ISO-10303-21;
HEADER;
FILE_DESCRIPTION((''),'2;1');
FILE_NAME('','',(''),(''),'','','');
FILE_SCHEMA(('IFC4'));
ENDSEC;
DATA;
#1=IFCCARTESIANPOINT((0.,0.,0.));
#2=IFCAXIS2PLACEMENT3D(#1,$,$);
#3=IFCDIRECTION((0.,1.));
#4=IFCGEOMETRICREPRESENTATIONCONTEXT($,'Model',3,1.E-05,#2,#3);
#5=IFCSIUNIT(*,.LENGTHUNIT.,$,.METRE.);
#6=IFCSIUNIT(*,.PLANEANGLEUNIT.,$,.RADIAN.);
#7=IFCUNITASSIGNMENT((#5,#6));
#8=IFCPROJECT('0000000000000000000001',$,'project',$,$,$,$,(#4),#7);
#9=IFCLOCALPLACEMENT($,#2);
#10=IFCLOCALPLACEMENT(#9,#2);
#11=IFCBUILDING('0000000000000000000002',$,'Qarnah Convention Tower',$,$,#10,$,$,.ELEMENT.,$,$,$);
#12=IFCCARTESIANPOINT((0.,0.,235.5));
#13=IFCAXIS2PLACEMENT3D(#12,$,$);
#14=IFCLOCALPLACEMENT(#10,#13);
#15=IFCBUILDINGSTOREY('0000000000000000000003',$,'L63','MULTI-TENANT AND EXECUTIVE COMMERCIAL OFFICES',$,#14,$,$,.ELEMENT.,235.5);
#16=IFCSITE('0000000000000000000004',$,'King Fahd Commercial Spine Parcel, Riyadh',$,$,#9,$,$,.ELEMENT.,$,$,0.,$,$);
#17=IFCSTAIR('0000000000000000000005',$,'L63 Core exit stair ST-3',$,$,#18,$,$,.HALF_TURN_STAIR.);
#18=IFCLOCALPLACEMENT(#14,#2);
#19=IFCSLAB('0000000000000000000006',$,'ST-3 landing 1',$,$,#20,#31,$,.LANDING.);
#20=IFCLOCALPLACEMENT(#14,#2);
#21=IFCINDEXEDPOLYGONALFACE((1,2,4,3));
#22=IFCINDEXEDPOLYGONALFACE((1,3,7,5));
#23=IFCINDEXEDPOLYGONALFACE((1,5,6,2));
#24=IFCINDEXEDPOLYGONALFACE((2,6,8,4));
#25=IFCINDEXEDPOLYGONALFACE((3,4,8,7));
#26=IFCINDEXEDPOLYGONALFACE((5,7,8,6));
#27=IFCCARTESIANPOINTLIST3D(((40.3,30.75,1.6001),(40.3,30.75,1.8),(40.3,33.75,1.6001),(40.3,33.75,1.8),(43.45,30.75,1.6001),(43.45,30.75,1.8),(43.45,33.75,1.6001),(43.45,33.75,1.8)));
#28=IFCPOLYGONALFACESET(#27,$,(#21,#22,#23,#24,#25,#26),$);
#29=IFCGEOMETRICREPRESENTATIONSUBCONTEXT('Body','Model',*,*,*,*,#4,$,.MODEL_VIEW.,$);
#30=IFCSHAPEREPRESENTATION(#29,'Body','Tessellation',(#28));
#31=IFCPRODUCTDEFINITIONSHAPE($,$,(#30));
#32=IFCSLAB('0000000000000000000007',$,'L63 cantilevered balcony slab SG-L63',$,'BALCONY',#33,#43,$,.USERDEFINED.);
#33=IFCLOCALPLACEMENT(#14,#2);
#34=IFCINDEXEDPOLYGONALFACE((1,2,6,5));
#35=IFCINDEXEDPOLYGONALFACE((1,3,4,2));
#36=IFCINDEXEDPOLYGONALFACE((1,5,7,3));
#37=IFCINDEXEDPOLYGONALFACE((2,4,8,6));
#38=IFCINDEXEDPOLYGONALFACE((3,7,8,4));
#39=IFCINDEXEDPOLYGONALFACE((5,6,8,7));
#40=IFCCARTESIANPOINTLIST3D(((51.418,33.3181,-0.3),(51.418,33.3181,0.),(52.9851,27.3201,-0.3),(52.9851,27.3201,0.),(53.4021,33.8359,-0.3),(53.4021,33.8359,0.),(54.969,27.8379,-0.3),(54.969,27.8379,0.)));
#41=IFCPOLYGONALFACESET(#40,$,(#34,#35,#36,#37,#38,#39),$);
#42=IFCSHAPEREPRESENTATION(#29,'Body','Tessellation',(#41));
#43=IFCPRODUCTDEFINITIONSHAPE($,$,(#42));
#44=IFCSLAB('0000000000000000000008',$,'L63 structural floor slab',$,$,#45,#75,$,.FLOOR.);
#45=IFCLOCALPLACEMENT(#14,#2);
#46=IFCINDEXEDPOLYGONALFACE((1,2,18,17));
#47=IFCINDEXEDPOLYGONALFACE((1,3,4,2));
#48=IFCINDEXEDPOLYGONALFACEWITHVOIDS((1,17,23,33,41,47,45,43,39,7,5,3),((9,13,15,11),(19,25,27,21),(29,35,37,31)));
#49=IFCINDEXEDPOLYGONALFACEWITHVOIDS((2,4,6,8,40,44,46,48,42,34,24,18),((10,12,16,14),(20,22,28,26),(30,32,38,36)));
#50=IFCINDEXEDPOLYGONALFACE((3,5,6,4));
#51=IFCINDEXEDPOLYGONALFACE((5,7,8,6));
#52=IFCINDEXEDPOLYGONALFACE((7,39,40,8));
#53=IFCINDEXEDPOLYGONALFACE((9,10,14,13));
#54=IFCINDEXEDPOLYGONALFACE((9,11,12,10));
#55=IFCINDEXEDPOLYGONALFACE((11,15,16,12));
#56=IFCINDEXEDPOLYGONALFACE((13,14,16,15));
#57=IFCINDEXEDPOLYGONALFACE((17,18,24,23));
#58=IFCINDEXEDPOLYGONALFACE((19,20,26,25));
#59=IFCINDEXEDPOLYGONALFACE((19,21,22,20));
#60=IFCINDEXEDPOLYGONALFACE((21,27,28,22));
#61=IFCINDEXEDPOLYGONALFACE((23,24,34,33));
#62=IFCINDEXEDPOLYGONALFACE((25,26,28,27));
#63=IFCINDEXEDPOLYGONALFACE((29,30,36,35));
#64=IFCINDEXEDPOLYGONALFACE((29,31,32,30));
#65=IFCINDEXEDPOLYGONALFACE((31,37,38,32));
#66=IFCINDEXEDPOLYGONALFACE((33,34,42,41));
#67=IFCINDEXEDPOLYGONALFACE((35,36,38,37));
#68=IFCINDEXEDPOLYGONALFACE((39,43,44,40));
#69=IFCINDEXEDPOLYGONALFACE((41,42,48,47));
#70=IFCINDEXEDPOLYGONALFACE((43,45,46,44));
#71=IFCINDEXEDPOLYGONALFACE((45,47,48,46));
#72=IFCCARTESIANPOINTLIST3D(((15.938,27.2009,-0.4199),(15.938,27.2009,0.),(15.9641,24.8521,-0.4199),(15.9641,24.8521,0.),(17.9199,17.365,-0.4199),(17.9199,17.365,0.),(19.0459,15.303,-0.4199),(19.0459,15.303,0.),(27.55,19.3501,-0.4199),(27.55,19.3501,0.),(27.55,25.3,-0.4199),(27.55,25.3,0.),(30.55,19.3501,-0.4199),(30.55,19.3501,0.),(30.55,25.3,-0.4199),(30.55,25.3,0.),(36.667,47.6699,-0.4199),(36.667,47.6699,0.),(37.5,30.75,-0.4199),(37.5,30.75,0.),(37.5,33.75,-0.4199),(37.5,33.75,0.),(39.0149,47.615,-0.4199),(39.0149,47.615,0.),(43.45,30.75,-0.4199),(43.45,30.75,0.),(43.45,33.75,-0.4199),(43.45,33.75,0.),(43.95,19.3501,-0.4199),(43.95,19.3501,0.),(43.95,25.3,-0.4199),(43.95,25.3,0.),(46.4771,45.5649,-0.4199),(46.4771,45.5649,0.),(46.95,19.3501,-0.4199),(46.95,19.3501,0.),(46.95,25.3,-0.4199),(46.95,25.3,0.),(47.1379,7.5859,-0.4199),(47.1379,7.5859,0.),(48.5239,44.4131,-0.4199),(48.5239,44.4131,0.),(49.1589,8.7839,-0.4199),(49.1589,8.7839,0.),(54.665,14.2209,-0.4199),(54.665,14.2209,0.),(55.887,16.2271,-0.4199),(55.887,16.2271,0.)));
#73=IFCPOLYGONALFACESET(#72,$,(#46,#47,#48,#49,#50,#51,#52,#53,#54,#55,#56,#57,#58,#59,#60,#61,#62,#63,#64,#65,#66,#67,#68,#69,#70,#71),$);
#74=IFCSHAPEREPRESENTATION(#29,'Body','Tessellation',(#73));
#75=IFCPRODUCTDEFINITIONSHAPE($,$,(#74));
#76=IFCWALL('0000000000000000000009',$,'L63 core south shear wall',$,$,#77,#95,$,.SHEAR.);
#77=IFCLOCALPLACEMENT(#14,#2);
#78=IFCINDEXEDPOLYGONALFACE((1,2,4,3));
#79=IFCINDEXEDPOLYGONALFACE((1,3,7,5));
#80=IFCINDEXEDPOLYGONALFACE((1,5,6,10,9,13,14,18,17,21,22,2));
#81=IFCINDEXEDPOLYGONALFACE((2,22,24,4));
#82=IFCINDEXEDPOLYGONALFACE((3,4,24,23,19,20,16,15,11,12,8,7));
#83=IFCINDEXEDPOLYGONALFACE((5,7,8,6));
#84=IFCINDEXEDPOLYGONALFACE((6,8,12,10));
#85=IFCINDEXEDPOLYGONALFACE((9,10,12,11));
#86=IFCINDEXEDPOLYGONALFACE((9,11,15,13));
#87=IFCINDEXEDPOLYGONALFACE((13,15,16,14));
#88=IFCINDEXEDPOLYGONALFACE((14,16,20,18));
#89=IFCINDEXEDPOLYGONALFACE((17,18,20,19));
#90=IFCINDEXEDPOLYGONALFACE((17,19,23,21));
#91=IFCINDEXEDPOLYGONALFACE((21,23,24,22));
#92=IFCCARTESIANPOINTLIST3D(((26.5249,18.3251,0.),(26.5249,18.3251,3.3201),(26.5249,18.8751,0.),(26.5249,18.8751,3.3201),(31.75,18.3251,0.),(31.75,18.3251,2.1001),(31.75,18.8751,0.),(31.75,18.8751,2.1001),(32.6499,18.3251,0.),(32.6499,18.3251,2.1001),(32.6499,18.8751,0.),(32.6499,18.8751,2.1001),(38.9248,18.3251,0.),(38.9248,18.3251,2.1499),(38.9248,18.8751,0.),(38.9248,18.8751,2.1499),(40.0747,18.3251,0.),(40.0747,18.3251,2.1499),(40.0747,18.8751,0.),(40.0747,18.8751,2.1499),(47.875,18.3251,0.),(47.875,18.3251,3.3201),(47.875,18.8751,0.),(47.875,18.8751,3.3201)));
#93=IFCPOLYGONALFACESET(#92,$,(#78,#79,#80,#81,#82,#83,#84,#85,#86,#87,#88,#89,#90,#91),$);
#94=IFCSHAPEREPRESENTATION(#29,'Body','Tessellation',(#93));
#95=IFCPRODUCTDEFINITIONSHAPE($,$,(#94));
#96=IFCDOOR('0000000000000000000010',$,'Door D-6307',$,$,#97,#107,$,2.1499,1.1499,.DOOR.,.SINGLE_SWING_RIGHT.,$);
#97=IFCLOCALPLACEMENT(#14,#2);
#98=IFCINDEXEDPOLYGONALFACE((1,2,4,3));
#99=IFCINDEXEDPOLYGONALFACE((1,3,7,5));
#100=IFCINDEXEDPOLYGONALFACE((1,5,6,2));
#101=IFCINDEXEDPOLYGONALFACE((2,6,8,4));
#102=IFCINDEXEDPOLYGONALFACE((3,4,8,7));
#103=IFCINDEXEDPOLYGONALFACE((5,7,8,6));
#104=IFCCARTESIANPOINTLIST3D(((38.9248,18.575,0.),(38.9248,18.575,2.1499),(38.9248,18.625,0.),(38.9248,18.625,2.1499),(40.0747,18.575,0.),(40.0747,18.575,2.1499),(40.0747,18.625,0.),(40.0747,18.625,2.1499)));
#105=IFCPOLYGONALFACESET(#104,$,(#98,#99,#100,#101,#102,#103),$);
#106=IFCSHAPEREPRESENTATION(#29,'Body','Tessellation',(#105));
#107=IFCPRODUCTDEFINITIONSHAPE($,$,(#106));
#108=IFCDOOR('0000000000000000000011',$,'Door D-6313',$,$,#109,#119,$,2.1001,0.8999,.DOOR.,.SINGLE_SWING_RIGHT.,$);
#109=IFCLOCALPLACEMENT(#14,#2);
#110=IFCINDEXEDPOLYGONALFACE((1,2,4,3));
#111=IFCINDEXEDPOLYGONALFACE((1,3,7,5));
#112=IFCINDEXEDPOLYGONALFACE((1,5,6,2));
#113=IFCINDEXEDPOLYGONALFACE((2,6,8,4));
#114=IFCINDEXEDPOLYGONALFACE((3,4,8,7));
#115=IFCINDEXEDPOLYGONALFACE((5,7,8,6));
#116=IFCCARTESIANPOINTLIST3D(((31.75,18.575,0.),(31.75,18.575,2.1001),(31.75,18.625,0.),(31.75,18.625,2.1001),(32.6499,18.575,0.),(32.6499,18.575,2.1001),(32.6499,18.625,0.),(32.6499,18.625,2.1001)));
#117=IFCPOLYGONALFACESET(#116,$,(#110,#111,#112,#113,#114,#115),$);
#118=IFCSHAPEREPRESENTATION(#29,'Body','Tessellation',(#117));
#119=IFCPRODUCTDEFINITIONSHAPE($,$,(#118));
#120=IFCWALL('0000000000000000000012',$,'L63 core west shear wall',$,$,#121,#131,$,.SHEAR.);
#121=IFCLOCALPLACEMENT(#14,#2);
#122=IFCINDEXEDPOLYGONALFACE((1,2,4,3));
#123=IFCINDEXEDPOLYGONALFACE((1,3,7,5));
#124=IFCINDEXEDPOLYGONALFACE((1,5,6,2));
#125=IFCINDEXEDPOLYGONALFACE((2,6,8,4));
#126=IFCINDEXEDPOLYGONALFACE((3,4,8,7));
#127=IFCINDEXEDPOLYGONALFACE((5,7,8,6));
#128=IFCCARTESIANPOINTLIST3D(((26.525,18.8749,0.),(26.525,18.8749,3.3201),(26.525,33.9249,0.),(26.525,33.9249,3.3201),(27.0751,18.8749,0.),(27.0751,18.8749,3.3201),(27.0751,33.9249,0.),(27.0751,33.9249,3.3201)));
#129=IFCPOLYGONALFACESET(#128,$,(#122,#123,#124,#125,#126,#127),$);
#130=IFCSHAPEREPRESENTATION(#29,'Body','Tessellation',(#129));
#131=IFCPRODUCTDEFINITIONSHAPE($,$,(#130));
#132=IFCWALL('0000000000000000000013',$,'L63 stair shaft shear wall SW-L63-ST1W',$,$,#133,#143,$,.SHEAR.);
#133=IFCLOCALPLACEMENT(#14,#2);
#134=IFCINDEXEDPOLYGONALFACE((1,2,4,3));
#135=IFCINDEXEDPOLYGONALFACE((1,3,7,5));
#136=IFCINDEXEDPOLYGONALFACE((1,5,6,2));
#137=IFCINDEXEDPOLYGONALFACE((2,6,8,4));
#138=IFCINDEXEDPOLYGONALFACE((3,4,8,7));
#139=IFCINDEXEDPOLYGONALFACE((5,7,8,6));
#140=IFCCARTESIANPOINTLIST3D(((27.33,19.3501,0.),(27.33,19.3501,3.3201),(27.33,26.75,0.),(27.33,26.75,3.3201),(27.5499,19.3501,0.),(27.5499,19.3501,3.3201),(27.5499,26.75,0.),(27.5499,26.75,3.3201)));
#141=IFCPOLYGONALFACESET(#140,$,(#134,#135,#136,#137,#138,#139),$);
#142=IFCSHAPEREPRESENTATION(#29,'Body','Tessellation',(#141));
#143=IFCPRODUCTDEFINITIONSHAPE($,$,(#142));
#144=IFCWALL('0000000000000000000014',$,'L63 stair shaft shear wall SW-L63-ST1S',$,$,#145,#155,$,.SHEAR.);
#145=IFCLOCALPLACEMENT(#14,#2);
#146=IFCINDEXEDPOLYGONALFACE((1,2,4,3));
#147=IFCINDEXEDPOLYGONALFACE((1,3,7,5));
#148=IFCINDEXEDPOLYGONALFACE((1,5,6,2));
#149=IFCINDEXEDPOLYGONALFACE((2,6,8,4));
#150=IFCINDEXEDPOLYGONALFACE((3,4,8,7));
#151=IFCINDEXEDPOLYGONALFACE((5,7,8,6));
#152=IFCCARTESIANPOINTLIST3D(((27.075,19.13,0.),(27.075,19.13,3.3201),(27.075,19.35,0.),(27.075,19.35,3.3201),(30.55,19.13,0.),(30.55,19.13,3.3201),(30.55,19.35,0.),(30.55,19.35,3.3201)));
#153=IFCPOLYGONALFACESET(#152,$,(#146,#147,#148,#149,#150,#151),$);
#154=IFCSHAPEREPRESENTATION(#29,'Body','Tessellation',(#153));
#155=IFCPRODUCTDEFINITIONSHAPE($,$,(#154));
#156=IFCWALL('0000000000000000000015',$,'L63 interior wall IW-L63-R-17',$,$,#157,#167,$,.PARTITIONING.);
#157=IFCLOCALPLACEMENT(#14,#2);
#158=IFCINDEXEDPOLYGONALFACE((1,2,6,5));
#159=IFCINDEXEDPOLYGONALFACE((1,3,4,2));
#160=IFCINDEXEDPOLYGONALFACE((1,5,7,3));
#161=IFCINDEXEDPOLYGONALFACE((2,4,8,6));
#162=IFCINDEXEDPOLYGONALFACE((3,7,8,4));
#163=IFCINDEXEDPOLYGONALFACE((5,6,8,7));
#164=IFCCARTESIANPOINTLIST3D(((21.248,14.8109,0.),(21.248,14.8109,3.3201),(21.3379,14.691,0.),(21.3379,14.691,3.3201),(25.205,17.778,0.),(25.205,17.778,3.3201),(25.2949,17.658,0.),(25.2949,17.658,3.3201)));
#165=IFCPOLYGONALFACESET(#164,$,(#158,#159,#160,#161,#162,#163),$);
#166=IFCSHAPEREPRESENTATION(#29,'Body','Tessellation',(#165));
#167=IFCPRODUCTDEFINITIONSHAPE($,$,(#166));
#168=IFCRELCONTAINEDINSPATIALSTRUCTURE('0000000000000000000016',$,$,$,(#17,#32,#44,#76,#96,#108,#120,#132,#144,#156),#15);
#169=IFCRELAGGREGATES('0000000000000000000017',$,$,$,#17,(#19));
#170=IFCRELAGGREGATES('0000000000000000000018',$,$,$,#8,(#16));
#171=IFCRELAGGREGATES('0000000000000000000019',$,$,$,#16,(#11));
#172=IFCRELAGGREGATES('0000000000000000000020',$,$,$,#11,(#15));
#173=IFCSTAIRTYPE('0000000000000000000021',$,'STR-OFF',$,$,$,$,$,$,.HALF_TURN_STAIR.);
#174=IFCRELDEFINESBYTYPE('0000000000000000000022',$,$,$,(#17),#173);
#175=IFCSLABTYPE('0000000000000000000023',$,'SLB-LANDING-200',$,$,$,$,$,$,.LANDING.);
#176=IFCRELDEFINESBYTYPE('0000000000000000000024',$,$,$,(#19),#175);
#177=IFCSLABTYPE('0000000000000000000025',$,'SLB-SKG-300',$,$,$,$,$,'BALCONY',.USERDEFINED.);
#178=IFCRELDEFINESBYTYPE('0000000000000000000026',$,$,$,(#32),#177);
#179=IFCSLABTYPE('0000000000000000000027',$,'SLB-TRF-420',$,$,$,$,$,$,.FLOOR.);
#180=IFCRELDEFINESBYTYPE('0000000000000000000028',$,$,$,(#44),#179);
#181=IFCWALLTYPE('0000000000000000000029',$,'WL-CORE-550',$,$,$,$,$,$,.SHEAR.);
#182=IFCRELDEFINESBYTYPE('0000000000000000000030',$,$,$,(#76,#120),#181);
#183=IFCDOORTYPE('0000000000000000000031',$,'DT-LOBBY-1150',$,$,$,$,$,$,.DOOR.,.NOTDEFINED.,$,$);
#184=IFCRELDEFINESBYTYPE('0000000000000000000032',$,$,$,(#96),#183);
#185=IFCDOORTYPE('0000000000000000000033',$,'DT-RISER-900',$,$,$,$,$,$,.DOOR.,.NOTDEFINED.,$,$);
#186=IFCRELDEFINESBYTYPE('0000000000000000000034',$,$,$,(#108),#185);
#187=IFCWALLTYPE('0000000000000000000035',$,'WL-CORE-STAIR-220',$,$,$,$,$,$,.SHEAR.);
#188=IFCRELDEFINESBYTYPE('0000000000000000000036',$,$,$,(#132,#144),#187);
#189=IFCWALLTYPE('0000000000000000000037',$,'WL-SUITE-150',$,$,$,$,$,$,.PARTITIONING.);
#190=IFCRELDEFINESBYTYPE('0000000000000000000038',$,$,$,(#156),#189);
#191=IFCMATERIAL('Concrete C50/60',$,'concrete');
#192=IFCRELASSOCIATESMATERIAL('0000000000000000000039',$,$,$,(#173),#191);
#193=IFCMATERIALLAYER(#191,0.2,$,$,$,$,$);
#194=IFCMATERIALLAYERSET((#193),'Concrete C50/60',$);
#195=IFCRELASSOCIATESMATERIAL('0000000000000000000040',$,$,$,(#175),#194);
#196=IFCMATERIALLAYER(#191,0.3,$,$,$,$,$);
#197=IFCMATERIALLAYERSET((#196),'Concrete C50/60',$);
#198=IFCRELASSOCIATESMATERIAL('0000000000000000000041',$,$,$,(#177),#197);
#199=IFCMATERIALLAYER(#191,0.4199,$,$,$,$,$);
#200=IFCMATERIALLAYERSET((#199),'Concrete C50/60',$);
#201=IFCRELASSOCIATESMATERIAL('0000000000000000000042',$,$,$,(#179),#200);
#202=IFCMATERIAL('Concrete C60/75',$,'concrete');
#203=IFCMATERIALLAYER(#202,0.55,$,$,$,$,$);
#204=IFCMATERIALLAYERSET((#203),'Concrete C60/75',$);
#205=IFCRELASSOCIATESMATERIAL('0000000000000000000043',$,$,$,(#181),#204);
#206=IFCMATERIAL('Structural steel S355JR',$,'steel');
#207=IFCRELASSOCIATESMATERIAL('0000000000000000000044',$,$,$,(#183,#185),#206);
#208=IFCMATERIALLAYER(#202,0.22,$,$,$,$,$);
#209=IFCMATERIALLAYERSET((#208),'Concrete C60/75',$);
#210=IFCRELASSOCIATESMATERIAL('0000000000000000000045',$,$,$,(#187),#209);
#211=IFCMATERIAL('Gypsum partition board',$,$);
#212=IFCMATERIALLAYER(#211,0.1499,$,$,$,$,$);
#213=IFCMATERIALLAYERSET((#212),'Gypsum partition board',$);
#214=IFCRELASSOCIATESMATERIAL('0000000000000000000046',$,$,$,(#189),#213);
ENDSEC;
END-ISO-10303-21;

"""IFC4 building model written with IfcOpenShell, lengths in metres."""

from ifc_helpers import new_model, si_unit, direction, frame, frame_2d, origin, place, context, subcontext, project, spatial, polyline, rectangle, outline, extrude, material, layer, layer_set, type_object, element, fill, aggregate, save


model = new_model("IFC4")

# Units and contexts
model_context = context("Model", 3, precision=1e-05, world=origin(), true_north=direction((0.0, 1.0)))
body_context = subcontext(model_context, "Body", "Model", "MODEL_VIEW")
ifc_project = project(units=[si_unit("LENGTHUNIT", "METRE"), si_unit("PLANEANGLEUNIT", "RADIAN")], contexts=[model_context])

# Site, building, storey
site_placement = place(None, origin())
site = spatial("IfcSite", under=ifc_project, at=site_placement, Name="King Fahd Commercial Spine Parcel, Riyadh", CompositionType="ELEMENT", RefElevation=0.0)
building_placement = place(site_placement, origin())
building = spatial("IfcBuilding", under=site, at=building_placement, Name="Qarnah Convention Tower", CompositionType="ELEMENT")
storey_placement = place(building_placement, frame((0.0, 0.0, 235.5)))
storey = spatial("IfcBuildingStorey", under=building, at=storey_placement, Name="L63", Description="MULTI-TENANT AND EXECUTIVE COMMERCIAL OFFICES", CompositionType="ELEMENT", Elevation=235.5)

# Shared definitions
ifc_material_1 = material(Name="Concrete C50/60", Category="concrete")

# Shared definitions
ifc_material_2 = material(Name="Structural steel S355JR", Category="steel")

# Stair, slab
stair_type = type_object("IfcStairType", Name="STR-OFF", PredefinedType="HALF_TURN_STAIR", material=ifc_material_1)
ifc_layer_1 = layer(ifc_material_1, 0.2)
ifc_layer_set_1 = layer_set([ifc_layer_1], Name="Concrete C50/60")
slab_type_1 = type_object("IfcSlabType", Name="SLB-LANDING-200", PredefinedType="LANDING", material=ifc_layer_set_1)
stair_1_placement = place(storey_placement, origin())
stair_1 = element("IfcStair", 1, at=stair_1_placement, inside=storey, type_object=stair_type, Name="L63 Core exit stair ST-3", PredefinedType="HALF_TURN_STAIR")
slab_1_placement = place(storey_placement, frame((0.0, 0.0, 1.6001)))
slab_1 = element("IfcSlab", 2, at=slab_1_placement, type_object=slab_type_1, Name="ST-3 landing 1", PredefinedType="LANDING", context=body_context, shape_type="SweptSolid", body=[
    extrude(outline(polyline([(40.3, 30.75), (43.45, 30.75), (43.45, 33.75), (40.3, 33.75), (40.3, 30.75)])), origin(), (0.0, 0.0, 1.0), 0.2),
])
aggregate(stair_1, [slab_1])

# Slabs
ifc_layer_2 = layer(ifc_material_1, 0.3)
ifc_layer_set_2 = layer_set([ifc_layer_2], Name="Concrete C50/60")
slab_type_2 = type_object("IfcSlabType", Name="SLB-SKG-300", ElementType="BALCONY", PredefinedType="USERDEFINED", material=ifc_layer_set_2)
slab_2_placement = place(storey_placement, frame((0.0, 0.0, -0.3)))
element("IfcSlab", 3, at=slab_2_placement, inside=storey, type_object=slab_type_2, Name="L63 cantilevered balcony slab SG-L63", ObjectType="BALCONY", PredefinedType="USERDEFINED", context=body_context, shape_type="SweptSolid", body=[
    extrude(outline(polyline([(53.4021, 33.8359), (54.969, 27.8379), (52.9851, 27.3201), (51.418, 33.3181), (53.4021, 33.8359)])), origin(), (0.0, 0.0, 1.0), 0.3),
])
ifc_layer_3 = layer(ifc_material_1, 0.4199)
ifc_layer_set_3 = layer_set([ifc_layer_3], Name="Concrete C50/60")
slab_type_3 = type_object("IfcSlabType", Name="SLB-TRF-420", PredefinedType="FLOOR", material=ifc_layer_set_3)
slab_3_placement = place(storey_placement, frame((0.0, 0.0, -0.4199)))
element("IfcSlab", 4, at=slab_3_placement, inside=storey, type_object=slab_type_3, Name="L63 structural floor slab", PredefinedType="FLOOR", context=body_context, shape_type="SweptSolid", body=[
    extrude(outline(polyline([(36.667, 47.6699), (15.938, 27.2009), (15.9641, 24.8521), (17.9199, 17.365), (19.0459, 15.303), (47.1379, 7.5859), (49.1589, 8.7839), (54.665, 14.2209), (55.887, 16.2271), (48.5239, 44.4131), (46.4771, 45.5649), (39.0149, 47.615), (36.667, 47.6699)]), holes=[polyline([(27.55, 25.3), (27.55, 19.3501), (30.55, 19.3501), (30.55, 25.3), (27.55, 25.3)]), polyline([(43.95, 25.3), (43.95, 19.3501), (46.95, 19.3501), (46.95, 25.3), (43.95, 25.3)]), polyline([(37.5, 30.75), (43.45, 30.75), (43.45, 33.75), (37.5, 33.75), (37.5, 30.75)])]), origin(), (0.0, 0.0, 1.0), 0.4199),
])

# Wall, openings, doors
ifc_material_3 = material(Name="Concrete C60/75", Category="concrete")
ifc_layer_4 = layer(ifc_material_3, 0.55)
ifc_layer_set_4 = layer_set([ifc_layer_4], Name="Concrete C60/75")
wall_type_1 = type_object("IfcWallType", Name="WL-CORE-550", PredefinedType="SHEAR", material=ifc_layer_set_4)
wall_1_placement = place(storey_placement, frame((26.5249, 18.6001, 0.0), z_axis=(0.0, 0.0, 1.0), x_axis=(1.0, 0.0, 0.0)))
wall_1 = element("IfcWall", 5, at=wall_1_placement, inside=storey, type_object=wall_type_1, Name="L63 core south shear wall", PredefinedType="SHEAR", context=body_context, shape_type="SweptSolid", body=[
    extrude(rectangle(XDim=21.3501, YDim=0.55, at=frame_2d((10.675, 0.0))), origin(), (0.0, 0.0, 1.0), 3.3201),
])
opening_1_placement = place(wall_1_placement, frame((12.3999, 0.0, 0.0)))
opening_1 = element("IfcOpeningElement", 6, at=opening_1_placement, cuts=wall_1, PredefinedType="OPENING", context=body_context, shape_type="SweptSolid", body=[
    extrude(rectangle(XDim=1.1499, YDim=2.1499, at=frame_2d((0.575, 1.075))), frame((0.0, 0.2849, 0.0), z_axis=(0.0, -1.0, 0.0), x_axis=(1.0, 0.0, 0.0)), (0.0, 0.0, 1.0), 0.5701),
])
opening_2_placement = place(wall_1_placement, frame((5.2251, 0.0, 0.0)))
opening_2 = element("IfcOpeningElement", 7, at=opening_2_placement, cuts=wall_1, PredefinedType="OPENING", context=body_context, shape_type="SweptSolid", body=[
    extrude(rectangle(XDim=0.8999, YDim=2.1001, at=frame_2d((0.45, 1.05))), frame((0.0, 0.2849, 0.0), z_axis=(0.0, -1.0, 0.0), x_axis=(1.0, 0.0, 0.0)), (0.0, 0.0, 1.0), 0.5701),
])
door_type_1 = type_object("IfcDoorType", Name="DT-LOBBY-1150", OperationType="NOTDEFINED", PredefinedType="DOOR", material=ifc_material_2)
door_1_placement = place(opening_1_placement, origin())
door_1 = element("IfcDoor", 8, at=door_1_placement, inside=storey, type_object=door_type_1, Name="Door D-6307", OperationType="SINGLE_SWING_RIGHT", OverallHeight=2.1499, OverallWidth=1.1499, PredefinedType="DOOR", context=body_context, shape_type="SweptSolid", body=[
    extrude(rectangle(XDim=1.1499, YDim=2.1499, at=frame_2d((0.575, 1.075))), frame((0.0, 0.0249, 0.0), z_axis=(0.0, -1.0, 0.0), x_axis=(1.0, 0.0, 0.0)), (0.0, 0.0, 1.0), 0.05),
])
fill(opening_1, door_1)
door_type_2 = type_object("IfcDoorType", Name="DT-RISER-900", OperationType="NOTDEFINED", PredefinedType="DOOR", material=ifc_material_2)
door_2_placement = place(opening_2_placement, origin())
door_2 = element("IfcDoor", 9, at=door_2_placement, inside=storey, type_object=door_type_2, Name="Door D-6313", OperationType="SINGLE_SWING_RIGHT", OverallHeight=2.1001, OverallWidth=0.8999, PredefinedType="DOOR", context=body_context, shape_type="SweptSolid", body=[
    extrude(rectangle(XDim=0.8999, YDim=2.1001, at=frame_2d((0.45, 1.05))), frame((0.0, 0.0249, 0.0), z_axis=(0.0, -1.0, 0.0), x_axis=(1.0, 0.0, 0.0)), (0.0, 0.0, 1.0), 0.05),
])
fill(opening_2, door_2)

# Walls
wall_2_placement = place(storey_placement, frame((26.8, 18.875, 0.0), z_axis=(0.0, 0.0, 1.0), x_axis=(0.0, 1.0, 0.0)))
element("IfcWall", 10, at=wall_2_placement, inside=storey, type_object=wall_type_1, Name="L63 core west shear wall", PredefinedType="SHEAR", context=body_context, shape_type="SweptSolid", body=[
    extrude(rectangle(XDim=15.05, YDim=0.55, at=frame_2d((7.5249, 0.0))), origin(), (0.0, 0.0, 1.0), 3.3201),
])
ifc_layer_5 = layer(ifc_material_3, 0.22)
ifc_layer_set_5 = layer_set([ifc_layer_5], Name="Concrete C60/75")
wall_type_2 = type_object("IfcWallType", Name="WL-CORE-STAIR-220", PredefinedType="SHEAR", material=ifc_layer_set_5)
wall_3_placement = place(storey_placement, frame((27.4399, 19.3501, 0.0), z_axis=(0.0, 0.0, 1.0), x_axis=(0.0, 1.0, 0.0)))
element("IfcWall", 11, at=wall_3_placement, inside=storey, type_object=wall_type_2, Name="L63 stair shaft shear wall SW-L63-ST1W", PredefinedType="SHEAR", context=body_context, shape_type="SweptSolid", body=[
    extrude(rectangle(XDim=7.3999, YDim=0.22, at=frame_2d((3.7, 0.0))), origin(), (0.0, 0.0, 1.0), 3.3201),
])
wall_4_placement = place(storey_placement, frame((27.075, 19.24, 0.0), z_axis=(0.0, 0.0, 1.0), x_axis=(1.0, 0.0, 0.0)))
element("IfcWall", 12, at=wall_4_placement, inside=storey, type_object=wall_type_2, Name="L63 stair shaft shear wall SW-L63-ST1S", PredefinedType="SHEAR", context=body_context, shape_type="SweptSolid", body=[
    extrude(rectangle(XDim=3.4751, YDim=0.22, at=frame_2d((1.7375, 0.0))), origin(), (0.0, 0.0, 1.0), 3.3201),
])

# Wall
ifc_material_4 = material(Name="Gypsum partition board")
ifc_layer_6 = layer(ifc_material_4, 0.1499)
ifc_layer_set_6 = layer_set([ifc_layer_6], Name="Gypsum partition board")
wall_type_3 = type_object("IfcWallType", Name="WL-SUITE-150", PredefinedType="PARTITIONING", material=ifc_layer_set_6)
wall_5_placement = place(storey_placement, frame((21.293, 14.751, 0.0), z_axis=(0.0, 0.0, 1.0), x_axis=(0.800071, 0.599905, 0.0)))
element("IfcWall", 13, at=wall_5_placement, inside=storey, type_object=wall_type_3, Name="L63 interior wall IW-L63-R-17", PredefinedType="PARTITIONING", context=body_context, shape_type="SweptSolid", body=[
    extrude(rectangle(XDim=4.9458, YDim=0.1499, at=frame_2d((2.4729, 0.0))), origin(), (0.0, 0.0, 1.0), 3.3201),
])

save(model, "model.ifc")
